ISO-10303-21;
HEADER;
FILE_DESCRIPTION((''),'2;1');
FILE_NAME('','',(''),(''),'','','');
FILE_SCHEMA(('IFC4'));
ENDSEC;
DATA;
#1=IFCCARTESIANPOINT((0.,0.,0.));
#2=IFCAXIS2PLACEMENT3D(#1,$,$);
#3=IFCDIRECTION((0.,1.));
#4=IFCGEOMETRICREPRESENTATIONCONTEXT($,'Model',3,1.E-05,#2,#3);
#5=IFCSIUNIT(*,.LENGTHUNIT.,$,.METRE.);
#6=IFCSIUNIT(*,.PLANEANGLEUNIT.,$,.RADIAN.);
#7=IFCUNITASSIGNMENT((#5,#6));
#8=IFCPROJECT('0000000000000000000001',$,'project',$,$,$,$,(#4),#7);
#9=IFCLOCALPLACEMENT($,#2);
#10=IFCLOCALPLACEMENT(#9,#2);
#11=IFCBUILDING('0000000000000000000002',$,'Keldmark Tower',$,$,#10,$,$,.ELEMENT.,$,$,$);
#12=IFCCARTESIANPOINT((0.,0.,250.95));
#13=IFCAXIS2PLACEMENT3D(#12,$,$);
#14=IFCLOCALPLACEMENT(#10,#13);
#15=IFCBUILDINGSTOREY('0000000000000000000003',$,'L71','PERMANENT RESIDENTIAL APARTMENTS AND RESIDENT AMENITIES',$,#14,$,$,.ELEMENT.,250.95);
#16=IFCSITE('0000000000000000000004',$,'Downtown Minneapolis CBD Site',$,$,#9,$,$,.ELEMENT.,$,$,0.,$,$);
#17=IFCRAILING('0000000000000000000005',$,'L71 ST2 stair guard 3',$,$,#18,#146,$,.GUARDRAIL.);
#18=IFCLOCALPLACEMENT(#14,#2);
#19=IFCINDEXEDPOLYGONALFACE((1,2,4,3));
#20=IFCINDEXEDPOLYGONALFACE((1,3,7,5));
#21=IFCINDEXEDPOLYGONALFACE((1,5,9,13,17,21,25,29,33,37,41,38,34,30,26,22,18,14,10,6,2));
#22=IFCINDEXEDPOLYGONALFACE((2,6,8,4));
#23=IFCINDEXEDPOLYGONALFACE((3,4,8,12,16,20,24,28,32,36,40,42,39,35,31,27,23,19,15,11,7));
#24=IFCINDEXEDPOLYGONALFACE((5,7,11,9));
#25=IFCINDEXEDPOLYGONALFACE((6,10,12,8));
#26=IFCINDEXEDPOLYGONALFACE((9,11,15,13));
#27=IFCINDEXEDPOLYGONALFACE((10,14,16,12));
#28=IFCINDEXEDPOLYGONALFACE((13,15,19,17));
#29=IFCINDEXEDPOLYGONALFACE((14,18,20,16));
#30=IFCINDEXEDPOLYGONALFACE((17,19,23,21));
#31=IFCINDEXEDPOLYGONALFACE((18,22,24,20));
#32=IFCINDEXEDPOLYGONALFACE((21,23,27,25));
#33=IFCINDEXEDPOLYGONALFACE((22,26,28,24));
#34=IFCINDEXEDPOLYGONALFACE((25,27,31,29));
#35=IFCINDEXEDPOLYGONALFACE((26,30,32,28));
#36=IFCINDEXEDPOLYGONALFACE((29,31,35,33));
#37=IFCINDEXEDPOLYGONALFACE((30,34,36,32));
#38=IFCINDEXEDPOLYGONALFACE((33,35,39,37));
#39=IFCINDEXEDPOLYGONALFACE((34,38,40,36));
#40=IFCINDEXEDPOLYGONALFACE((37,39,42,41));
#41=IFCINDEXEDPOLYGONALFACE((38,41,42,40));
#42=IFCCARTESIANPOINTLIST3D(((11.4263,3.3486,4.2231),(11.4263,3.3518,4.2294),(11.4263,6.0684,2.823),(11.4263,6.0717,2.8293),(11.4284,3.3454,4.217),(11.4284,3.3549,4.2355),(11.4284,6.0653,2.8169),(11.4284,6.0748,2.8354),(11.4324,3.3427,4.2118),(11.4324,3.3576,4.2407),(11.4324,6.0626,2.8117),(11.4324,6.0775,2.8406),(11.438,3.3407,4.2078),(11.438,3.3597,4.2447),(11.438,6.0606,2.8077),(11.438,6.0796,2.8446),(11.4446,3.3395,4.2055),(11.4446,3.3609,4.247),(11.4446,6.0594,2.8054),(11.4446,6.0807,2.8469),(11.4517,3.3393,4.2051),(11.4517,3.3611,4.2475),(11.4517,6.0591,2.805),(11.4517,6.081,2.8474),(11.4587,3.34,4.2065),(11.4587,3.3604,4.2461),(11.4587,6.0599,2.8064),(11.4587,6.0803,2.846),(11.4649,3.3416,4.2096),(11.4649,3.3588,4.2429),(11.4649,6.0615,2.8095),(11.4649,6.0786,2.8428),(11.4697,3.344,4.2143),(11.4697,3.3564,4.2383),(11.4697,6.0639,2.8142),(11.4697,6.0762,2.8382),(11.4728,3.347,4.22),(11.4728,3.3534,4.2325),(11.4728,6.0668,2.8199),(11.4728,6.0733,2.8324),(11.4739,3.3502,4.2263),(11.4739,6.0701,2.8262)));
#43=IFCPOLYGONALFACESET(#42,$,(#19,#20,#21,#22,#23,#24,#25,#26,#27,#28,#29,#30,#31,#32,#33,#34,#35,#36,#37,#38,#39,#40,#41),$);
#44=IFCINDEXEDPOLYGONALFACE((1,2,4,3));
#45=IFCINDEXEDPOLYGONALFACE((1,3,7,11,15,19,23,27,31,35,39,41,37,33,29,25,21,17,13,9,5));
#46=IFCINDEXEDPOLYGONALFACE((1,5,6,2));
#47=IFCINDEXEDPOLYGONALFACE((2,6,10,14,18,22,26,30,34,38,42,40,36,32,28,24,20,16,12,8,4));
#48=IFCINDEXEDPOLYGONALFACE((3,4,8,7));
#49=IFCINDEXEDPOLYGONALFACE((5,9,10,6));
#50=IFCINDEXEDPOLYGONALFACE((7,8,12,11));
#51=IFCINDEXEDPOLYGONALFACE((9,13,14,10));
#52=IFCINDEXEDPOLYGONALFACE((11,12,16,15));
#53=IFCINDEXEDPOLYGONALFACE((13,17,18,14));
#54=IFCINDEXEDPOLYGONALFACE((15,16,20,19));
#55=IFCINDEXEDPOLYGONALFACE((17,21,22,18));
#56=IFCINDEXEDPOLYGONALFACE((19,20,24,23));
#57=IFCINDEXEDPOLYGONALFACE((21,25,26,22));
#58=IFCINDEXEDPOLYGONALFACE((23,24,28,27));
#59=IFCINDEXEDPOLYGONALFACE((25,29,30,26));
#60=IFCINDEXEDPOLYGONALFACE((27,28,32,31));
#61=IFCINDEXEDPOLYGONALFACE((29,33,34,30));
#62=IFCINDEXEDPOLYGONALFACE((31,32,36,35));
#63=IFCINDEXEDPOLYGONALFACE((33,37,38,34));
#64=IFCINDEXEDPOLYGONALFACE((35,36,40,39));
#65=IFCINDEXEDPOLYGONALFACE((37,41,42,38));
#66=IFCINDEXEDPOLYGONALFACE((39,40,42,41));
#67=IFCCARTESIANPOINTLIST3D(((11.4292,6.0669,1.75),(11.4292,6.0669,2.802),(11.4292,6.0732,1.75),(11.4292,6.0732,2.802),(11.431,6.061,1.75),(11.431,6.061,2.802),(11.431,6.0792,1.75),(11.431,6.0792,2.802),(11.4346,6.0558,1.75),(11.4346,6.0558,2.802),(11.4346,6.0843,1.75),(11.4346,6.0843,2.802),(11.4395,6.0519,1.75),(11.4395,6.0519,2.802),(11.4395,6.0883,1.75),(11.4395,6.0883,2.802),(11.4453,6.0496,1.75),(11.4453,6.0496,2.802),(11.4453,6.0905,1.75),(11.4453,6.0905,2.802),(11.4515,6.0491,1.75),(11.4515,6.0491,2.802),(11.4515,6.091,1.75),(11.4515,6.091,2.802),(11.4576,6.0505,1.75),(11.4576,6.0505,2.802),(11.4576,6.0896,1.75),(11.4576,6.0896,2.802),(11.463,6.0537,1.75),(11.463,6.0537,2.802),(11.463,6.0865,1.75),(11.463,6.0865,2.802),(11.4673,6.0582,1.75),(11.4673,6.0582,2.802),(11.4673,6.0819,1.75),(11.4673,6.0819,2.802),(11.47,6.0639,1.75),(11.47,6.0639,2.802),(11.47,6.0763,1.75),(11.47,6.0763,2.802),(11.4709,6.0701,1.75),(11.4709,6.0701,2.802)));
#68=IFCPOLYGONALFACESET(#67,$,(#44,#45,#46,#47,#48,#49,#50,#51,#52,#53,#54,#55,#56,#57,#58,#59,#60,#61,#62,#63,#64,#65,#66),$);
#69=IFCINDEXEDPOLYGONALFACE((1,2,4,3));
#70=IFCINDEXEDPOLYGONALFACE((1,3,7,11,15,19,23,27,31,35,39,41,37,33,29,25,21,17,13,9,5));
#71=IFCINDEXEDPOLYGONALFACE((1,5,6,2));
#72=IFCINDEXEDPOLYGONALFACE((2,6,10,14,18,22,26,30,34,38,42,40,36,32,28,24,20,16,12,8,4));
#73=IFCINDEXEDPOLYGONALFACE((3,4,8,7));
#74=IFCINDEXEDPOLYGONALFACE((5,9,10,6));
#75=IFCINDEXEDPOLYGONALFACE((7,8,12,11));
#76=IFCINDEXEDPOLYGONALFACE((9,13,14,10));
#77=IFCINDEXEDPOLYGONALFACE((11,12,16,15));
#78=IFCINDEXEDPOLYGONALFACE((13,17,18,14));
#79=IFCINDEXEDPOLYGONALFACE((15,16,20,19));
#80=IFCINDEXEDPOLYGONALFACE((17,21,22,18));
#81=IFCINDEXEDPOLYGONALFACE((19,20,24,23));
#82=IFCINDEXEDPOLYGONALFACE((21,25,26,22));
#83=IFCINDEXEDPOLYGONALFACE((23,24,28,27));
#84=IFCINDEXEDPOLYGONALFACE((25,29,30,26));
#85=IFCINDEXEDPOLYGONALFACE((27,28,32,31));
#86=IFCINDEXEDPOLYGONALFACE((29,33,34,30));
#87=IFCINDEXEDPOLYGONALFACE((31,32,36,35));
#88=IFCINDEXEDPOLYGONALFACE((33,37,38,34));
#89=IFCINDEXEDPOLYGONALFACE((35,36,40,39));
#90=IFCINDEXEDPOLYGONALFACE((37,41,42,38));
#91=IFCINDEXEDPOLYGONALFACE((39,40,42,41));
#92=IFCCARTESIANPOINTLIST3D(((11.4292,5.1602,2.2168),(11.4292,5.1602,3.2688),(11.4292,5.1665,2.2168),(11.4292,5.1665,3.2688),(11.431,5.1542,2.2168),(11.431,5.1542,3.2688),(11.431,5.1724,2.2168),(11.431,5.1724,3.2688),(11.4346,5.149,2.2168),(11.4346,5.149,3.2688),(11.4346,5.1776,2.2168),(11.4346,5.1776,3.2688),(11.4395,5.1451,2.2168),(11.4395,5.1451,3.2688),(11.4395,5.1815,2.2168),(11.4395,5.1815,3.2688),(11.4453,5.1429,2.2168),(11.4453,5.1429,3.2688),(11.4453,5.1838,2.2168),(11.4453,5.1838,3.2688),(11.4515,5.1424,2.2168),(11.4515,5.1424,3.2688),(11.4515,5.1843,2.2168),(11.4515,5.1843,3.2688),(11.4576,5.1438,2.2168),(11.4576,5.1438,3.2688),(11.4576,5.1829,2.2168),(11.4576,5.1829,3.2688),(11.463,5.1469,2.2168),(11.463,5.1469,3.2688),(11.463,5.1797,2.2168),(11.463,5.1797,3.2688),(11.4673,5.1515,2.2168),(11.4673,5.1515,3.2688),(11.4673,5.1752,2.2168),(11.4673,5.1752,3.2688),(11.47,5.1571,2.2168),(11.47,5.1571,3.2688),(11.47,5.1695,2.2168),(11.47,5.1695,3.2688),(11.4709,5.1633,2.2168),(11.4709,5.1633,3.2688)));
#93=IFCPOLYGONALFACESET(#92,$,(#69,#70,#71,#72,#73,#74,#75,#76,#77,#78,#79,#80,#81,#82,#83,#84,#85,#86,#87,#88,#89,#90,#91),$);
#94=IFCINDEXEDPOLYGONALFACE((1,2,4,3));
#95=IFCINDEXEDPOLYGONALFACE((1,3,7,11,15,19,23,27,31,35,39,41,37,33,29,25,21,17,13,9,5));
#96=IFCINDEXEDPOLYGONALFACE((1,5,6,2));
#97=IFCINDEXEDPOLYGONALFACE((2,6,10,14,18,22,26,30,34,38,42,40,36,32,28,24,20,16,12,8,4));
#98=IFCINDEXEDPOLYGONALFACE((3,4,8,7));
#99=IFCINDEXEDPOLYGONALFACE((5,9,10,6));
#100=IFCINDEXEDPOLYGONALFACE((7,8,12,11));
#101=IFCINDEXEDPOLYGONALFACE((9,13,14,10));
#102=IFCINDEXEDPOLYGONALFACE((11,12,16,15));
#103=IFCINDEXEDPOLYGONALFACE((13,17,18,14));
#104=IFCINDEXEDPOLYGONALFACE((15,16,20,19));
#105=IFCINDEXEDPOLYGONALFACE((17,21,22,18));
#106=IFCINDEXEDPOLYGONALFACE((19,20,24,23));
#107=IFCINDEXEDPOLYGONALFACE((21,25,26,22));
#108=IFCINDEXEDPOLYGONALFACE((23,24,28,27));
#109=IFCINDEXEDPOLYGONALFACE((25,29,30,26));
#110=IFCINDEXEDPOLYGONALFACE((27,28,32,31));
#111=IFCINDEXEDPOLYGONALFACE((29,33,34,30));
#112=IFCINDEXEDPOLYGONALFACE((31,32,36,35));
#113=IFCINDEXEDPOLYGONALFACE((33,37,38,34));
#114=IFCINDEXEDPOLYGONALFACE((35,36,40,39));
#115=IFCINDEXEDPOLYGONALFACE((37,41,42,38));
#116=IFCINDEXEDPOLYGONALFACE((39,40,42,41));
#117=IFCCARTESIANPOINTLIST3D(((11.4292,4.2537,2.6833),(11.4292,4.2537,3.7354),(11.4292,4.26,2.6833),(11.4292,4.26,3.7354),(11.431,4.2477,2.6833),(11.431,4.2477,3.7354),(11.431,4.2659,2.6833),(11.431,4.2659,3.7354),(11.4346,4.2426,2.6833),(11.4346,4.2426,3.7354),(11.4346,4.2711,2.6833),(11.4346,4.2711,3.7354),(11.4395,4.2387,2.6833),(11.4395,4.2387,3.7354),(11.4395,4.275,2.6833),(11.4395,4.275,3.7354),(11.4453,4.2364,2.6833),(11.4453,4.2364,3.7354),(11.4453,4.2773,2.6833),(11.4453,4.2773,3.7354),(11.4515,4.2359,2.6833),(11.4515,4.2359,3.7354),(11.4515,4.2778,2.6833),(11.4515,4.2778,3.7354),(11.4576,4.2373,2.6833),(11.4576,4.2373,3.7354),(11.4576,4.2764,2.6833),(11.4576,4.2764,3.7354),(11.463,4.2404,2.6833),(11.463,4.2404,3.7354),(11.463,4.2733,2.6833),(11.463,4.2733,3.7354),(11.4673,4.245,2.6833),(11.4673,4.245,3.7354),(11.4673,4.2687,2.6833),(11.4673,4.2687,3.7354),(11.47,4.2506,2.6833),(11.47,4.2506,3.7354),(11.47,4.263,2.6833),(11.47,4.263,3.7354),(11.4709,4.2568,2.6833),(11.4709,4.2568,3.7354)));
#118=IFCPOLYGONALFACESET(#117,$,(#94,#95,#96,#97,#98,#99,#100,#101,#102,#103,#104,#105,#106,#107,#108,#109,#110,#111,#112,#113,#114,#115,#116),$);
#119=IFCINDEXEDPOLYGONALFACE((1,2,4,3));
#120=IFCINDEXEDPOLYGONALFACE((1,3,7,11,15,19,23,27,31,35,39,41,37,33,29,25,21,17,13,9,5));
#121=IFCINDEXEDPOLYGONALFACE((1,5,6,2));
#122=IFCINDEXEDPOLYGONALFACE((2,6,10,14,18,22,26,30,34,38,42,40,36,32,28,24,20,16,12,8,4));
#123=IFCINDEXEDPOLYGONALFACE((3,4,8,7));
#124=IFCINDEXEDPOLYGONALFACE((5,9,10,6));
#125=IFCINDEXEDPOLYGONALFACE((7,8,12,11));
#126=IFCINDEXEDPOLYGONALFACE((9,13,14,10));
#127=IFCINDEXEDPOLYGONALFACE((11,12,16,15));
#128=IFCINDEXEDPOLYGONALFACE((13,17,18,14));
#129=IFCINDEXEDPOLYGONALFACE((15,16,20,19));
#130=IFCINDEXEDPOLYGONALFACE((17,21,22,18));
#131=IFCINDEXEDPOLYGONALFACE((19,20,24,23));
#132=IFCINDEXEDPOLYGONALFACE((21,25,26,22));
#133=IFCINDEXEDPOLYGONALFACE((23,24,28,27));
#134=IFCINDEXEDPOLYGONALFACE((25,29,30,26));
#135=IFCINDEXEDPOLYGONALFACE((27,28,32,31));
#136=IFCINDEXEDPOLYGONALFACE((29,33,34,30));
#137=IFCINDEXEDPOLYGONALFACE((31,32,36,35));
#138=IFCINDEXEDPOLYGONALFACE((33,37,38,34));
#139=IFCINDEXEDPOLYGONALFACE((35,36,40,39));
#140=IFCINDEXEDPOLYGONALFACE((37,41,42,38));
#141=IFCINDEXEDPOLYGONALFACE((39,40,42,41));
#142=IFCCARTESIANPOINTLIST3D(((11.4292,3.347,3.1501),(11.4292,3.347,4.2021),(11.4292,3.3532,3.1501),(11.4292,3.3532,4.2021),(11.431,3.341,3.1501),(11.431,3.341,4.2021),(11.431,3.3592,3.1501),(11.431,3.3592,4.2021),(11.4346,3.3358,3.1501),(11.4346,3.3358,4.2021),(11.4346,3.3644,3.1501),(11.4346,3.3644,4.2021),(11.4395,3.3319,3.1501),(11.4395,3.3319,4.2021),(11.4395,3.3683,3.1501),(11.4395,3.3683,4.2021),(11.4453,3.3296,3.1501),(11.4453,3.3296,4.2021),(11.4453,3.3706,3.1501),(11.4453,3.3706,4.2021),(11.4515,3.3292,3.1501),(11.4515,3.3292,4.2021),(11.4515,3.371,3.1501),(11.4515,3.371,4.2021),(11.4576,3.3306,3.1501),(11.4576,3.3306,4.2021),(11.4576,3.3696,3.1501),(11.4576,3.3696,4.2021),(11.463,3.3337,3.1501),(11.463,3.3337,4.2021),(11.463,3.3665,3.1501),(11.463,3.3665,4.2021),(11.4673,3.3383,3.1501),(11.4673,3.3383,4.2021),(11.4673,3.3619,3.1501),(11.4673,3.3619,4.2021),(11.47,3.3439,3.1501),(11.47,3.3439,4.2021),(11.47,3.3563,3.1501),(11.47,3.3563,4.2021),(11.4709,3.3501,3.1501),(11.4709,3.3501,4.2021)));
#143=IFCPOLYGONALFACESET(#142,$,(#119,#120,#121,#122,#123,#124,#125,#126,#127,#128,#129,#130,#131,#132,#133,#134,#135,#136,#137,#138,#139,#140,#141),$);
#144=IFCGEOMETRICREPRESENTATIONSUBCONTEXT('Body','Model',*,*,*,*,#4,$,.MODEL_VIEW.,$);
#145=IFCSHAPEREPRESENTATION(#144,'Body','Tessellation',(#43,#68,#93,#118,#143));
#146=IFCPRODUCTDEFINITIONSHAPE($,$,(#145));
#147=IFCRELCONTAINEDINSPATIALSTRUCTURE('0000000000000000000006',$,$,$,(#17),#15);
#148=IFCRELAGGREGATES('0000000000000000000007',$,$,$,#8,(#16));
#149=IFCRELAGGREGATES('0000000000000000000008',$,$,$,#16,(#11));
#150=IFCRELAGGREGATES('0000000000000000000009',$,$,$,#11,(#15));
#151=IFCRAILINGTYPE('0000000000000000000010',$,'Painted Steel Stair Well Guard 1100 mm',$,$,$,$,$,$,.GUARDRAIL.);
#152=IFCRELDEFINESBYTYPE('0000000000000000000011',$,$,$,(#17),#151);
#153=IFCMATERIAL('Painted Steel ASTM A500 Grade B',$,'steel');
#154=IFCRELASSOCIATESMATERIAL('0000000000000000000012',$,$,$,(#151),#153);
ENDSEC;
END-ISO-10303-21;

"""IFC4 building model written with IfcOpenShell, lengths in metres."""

from ifc_helpers import new_model, si_unit, direction, frame, origin, origin_2d, place, context, subcontext, project, spatial, circle, extrude, material, type_object, element, save


model = new_model("IFC4")

# Units and contexts
model_context = context("Model", 3, precision=1e-05, world=origin(), true_north=direction((0.0, 1.0)))
body_context = subcontext(model_context, "Body", "Model", "MODEL_VIEW")
ifc_project = project(units=[si_unit("LENGTHUNIT", "METRE"), si_unit("PLANEANGLEUNIT", "RADIAN")], contexts=[model_context])

# Site, building, storey
site_placement = place(None, origin())
site = spatial("IfcSite", under=ifc_project, at=site_placement, Name="Downtown Minneapolis CBD Site", CompositionType="ELEMENT", RefElevation=0.0)
building_placement = place(site_placement, origin())
building = spatial("IfcBuilding", under=site, at=building_placement, Name="Keldmark Tower", CompositionType="ELEMENT")
storey_placement = place(building_placement, frame((0.0, 0.0, 250.95)))
storey = spatial("IfcBuildingStorey", under=building, at=storey_placement, Name="L71", Description="PERMANENT RESIDENTIAL APARTMENTS AND RESIDENT AMENITIES", CompositionType="ELEMENT", Elevation=250.95)

# Railing
ifc_material_1 = material(Name="Painted Steel ASTM A500 Grade B", Category="steel")
railing_type = type_object("IfcRailingType", Name="Painted Steel Stair Well Guard 1100 mm", PredefinedType="GUARDRAIL", material=ifc_material_1)
railing_1_placement = place(storey_placement, frame((11.45, 6.0701, 1.75)))
element("IfcRailing", 1, at=railing_1_placement, inside=storey, type_object=railing_type, Name="L71 ST2 stair guard 3", PredefinedType="GUARDRAIL", context=body_context, shape_type="SweptSolid", body=[
    extrude(circle(Radius=0.0239, at=origin_2d()), frame((0.0, 0.0, 1.0762), z_axis=(0.0, -0.889114, 0.457685), x_axis=(1.0, 0.0, 0.0)), (0.0, 0.0, 1.0), 3.0591),
    extrude(circle(Radius=0.021, at=origin_2d()), origin(), (0.0, 0.0, 1.0), 1.052),
    extrude(circle(Radius=0.021, at=origin_2d()), frame((0.0, -0.9067, 0.4668)), (0.0, 0.0, 1.0), 1.052),
    extrude(circle(Radius=0.021, at=origin_2d()), frame((0.0, -1.8132, 0.9333)), (0.0, 0.0, 1.0), 1.052),
    extrude(circle(Radius=0.021, at=origin_2d()), frame((0.0, -2.72, 1.4001)), (0.0, 0.0, 1.0), 1.052),
])

save(model, "model.ifc")
